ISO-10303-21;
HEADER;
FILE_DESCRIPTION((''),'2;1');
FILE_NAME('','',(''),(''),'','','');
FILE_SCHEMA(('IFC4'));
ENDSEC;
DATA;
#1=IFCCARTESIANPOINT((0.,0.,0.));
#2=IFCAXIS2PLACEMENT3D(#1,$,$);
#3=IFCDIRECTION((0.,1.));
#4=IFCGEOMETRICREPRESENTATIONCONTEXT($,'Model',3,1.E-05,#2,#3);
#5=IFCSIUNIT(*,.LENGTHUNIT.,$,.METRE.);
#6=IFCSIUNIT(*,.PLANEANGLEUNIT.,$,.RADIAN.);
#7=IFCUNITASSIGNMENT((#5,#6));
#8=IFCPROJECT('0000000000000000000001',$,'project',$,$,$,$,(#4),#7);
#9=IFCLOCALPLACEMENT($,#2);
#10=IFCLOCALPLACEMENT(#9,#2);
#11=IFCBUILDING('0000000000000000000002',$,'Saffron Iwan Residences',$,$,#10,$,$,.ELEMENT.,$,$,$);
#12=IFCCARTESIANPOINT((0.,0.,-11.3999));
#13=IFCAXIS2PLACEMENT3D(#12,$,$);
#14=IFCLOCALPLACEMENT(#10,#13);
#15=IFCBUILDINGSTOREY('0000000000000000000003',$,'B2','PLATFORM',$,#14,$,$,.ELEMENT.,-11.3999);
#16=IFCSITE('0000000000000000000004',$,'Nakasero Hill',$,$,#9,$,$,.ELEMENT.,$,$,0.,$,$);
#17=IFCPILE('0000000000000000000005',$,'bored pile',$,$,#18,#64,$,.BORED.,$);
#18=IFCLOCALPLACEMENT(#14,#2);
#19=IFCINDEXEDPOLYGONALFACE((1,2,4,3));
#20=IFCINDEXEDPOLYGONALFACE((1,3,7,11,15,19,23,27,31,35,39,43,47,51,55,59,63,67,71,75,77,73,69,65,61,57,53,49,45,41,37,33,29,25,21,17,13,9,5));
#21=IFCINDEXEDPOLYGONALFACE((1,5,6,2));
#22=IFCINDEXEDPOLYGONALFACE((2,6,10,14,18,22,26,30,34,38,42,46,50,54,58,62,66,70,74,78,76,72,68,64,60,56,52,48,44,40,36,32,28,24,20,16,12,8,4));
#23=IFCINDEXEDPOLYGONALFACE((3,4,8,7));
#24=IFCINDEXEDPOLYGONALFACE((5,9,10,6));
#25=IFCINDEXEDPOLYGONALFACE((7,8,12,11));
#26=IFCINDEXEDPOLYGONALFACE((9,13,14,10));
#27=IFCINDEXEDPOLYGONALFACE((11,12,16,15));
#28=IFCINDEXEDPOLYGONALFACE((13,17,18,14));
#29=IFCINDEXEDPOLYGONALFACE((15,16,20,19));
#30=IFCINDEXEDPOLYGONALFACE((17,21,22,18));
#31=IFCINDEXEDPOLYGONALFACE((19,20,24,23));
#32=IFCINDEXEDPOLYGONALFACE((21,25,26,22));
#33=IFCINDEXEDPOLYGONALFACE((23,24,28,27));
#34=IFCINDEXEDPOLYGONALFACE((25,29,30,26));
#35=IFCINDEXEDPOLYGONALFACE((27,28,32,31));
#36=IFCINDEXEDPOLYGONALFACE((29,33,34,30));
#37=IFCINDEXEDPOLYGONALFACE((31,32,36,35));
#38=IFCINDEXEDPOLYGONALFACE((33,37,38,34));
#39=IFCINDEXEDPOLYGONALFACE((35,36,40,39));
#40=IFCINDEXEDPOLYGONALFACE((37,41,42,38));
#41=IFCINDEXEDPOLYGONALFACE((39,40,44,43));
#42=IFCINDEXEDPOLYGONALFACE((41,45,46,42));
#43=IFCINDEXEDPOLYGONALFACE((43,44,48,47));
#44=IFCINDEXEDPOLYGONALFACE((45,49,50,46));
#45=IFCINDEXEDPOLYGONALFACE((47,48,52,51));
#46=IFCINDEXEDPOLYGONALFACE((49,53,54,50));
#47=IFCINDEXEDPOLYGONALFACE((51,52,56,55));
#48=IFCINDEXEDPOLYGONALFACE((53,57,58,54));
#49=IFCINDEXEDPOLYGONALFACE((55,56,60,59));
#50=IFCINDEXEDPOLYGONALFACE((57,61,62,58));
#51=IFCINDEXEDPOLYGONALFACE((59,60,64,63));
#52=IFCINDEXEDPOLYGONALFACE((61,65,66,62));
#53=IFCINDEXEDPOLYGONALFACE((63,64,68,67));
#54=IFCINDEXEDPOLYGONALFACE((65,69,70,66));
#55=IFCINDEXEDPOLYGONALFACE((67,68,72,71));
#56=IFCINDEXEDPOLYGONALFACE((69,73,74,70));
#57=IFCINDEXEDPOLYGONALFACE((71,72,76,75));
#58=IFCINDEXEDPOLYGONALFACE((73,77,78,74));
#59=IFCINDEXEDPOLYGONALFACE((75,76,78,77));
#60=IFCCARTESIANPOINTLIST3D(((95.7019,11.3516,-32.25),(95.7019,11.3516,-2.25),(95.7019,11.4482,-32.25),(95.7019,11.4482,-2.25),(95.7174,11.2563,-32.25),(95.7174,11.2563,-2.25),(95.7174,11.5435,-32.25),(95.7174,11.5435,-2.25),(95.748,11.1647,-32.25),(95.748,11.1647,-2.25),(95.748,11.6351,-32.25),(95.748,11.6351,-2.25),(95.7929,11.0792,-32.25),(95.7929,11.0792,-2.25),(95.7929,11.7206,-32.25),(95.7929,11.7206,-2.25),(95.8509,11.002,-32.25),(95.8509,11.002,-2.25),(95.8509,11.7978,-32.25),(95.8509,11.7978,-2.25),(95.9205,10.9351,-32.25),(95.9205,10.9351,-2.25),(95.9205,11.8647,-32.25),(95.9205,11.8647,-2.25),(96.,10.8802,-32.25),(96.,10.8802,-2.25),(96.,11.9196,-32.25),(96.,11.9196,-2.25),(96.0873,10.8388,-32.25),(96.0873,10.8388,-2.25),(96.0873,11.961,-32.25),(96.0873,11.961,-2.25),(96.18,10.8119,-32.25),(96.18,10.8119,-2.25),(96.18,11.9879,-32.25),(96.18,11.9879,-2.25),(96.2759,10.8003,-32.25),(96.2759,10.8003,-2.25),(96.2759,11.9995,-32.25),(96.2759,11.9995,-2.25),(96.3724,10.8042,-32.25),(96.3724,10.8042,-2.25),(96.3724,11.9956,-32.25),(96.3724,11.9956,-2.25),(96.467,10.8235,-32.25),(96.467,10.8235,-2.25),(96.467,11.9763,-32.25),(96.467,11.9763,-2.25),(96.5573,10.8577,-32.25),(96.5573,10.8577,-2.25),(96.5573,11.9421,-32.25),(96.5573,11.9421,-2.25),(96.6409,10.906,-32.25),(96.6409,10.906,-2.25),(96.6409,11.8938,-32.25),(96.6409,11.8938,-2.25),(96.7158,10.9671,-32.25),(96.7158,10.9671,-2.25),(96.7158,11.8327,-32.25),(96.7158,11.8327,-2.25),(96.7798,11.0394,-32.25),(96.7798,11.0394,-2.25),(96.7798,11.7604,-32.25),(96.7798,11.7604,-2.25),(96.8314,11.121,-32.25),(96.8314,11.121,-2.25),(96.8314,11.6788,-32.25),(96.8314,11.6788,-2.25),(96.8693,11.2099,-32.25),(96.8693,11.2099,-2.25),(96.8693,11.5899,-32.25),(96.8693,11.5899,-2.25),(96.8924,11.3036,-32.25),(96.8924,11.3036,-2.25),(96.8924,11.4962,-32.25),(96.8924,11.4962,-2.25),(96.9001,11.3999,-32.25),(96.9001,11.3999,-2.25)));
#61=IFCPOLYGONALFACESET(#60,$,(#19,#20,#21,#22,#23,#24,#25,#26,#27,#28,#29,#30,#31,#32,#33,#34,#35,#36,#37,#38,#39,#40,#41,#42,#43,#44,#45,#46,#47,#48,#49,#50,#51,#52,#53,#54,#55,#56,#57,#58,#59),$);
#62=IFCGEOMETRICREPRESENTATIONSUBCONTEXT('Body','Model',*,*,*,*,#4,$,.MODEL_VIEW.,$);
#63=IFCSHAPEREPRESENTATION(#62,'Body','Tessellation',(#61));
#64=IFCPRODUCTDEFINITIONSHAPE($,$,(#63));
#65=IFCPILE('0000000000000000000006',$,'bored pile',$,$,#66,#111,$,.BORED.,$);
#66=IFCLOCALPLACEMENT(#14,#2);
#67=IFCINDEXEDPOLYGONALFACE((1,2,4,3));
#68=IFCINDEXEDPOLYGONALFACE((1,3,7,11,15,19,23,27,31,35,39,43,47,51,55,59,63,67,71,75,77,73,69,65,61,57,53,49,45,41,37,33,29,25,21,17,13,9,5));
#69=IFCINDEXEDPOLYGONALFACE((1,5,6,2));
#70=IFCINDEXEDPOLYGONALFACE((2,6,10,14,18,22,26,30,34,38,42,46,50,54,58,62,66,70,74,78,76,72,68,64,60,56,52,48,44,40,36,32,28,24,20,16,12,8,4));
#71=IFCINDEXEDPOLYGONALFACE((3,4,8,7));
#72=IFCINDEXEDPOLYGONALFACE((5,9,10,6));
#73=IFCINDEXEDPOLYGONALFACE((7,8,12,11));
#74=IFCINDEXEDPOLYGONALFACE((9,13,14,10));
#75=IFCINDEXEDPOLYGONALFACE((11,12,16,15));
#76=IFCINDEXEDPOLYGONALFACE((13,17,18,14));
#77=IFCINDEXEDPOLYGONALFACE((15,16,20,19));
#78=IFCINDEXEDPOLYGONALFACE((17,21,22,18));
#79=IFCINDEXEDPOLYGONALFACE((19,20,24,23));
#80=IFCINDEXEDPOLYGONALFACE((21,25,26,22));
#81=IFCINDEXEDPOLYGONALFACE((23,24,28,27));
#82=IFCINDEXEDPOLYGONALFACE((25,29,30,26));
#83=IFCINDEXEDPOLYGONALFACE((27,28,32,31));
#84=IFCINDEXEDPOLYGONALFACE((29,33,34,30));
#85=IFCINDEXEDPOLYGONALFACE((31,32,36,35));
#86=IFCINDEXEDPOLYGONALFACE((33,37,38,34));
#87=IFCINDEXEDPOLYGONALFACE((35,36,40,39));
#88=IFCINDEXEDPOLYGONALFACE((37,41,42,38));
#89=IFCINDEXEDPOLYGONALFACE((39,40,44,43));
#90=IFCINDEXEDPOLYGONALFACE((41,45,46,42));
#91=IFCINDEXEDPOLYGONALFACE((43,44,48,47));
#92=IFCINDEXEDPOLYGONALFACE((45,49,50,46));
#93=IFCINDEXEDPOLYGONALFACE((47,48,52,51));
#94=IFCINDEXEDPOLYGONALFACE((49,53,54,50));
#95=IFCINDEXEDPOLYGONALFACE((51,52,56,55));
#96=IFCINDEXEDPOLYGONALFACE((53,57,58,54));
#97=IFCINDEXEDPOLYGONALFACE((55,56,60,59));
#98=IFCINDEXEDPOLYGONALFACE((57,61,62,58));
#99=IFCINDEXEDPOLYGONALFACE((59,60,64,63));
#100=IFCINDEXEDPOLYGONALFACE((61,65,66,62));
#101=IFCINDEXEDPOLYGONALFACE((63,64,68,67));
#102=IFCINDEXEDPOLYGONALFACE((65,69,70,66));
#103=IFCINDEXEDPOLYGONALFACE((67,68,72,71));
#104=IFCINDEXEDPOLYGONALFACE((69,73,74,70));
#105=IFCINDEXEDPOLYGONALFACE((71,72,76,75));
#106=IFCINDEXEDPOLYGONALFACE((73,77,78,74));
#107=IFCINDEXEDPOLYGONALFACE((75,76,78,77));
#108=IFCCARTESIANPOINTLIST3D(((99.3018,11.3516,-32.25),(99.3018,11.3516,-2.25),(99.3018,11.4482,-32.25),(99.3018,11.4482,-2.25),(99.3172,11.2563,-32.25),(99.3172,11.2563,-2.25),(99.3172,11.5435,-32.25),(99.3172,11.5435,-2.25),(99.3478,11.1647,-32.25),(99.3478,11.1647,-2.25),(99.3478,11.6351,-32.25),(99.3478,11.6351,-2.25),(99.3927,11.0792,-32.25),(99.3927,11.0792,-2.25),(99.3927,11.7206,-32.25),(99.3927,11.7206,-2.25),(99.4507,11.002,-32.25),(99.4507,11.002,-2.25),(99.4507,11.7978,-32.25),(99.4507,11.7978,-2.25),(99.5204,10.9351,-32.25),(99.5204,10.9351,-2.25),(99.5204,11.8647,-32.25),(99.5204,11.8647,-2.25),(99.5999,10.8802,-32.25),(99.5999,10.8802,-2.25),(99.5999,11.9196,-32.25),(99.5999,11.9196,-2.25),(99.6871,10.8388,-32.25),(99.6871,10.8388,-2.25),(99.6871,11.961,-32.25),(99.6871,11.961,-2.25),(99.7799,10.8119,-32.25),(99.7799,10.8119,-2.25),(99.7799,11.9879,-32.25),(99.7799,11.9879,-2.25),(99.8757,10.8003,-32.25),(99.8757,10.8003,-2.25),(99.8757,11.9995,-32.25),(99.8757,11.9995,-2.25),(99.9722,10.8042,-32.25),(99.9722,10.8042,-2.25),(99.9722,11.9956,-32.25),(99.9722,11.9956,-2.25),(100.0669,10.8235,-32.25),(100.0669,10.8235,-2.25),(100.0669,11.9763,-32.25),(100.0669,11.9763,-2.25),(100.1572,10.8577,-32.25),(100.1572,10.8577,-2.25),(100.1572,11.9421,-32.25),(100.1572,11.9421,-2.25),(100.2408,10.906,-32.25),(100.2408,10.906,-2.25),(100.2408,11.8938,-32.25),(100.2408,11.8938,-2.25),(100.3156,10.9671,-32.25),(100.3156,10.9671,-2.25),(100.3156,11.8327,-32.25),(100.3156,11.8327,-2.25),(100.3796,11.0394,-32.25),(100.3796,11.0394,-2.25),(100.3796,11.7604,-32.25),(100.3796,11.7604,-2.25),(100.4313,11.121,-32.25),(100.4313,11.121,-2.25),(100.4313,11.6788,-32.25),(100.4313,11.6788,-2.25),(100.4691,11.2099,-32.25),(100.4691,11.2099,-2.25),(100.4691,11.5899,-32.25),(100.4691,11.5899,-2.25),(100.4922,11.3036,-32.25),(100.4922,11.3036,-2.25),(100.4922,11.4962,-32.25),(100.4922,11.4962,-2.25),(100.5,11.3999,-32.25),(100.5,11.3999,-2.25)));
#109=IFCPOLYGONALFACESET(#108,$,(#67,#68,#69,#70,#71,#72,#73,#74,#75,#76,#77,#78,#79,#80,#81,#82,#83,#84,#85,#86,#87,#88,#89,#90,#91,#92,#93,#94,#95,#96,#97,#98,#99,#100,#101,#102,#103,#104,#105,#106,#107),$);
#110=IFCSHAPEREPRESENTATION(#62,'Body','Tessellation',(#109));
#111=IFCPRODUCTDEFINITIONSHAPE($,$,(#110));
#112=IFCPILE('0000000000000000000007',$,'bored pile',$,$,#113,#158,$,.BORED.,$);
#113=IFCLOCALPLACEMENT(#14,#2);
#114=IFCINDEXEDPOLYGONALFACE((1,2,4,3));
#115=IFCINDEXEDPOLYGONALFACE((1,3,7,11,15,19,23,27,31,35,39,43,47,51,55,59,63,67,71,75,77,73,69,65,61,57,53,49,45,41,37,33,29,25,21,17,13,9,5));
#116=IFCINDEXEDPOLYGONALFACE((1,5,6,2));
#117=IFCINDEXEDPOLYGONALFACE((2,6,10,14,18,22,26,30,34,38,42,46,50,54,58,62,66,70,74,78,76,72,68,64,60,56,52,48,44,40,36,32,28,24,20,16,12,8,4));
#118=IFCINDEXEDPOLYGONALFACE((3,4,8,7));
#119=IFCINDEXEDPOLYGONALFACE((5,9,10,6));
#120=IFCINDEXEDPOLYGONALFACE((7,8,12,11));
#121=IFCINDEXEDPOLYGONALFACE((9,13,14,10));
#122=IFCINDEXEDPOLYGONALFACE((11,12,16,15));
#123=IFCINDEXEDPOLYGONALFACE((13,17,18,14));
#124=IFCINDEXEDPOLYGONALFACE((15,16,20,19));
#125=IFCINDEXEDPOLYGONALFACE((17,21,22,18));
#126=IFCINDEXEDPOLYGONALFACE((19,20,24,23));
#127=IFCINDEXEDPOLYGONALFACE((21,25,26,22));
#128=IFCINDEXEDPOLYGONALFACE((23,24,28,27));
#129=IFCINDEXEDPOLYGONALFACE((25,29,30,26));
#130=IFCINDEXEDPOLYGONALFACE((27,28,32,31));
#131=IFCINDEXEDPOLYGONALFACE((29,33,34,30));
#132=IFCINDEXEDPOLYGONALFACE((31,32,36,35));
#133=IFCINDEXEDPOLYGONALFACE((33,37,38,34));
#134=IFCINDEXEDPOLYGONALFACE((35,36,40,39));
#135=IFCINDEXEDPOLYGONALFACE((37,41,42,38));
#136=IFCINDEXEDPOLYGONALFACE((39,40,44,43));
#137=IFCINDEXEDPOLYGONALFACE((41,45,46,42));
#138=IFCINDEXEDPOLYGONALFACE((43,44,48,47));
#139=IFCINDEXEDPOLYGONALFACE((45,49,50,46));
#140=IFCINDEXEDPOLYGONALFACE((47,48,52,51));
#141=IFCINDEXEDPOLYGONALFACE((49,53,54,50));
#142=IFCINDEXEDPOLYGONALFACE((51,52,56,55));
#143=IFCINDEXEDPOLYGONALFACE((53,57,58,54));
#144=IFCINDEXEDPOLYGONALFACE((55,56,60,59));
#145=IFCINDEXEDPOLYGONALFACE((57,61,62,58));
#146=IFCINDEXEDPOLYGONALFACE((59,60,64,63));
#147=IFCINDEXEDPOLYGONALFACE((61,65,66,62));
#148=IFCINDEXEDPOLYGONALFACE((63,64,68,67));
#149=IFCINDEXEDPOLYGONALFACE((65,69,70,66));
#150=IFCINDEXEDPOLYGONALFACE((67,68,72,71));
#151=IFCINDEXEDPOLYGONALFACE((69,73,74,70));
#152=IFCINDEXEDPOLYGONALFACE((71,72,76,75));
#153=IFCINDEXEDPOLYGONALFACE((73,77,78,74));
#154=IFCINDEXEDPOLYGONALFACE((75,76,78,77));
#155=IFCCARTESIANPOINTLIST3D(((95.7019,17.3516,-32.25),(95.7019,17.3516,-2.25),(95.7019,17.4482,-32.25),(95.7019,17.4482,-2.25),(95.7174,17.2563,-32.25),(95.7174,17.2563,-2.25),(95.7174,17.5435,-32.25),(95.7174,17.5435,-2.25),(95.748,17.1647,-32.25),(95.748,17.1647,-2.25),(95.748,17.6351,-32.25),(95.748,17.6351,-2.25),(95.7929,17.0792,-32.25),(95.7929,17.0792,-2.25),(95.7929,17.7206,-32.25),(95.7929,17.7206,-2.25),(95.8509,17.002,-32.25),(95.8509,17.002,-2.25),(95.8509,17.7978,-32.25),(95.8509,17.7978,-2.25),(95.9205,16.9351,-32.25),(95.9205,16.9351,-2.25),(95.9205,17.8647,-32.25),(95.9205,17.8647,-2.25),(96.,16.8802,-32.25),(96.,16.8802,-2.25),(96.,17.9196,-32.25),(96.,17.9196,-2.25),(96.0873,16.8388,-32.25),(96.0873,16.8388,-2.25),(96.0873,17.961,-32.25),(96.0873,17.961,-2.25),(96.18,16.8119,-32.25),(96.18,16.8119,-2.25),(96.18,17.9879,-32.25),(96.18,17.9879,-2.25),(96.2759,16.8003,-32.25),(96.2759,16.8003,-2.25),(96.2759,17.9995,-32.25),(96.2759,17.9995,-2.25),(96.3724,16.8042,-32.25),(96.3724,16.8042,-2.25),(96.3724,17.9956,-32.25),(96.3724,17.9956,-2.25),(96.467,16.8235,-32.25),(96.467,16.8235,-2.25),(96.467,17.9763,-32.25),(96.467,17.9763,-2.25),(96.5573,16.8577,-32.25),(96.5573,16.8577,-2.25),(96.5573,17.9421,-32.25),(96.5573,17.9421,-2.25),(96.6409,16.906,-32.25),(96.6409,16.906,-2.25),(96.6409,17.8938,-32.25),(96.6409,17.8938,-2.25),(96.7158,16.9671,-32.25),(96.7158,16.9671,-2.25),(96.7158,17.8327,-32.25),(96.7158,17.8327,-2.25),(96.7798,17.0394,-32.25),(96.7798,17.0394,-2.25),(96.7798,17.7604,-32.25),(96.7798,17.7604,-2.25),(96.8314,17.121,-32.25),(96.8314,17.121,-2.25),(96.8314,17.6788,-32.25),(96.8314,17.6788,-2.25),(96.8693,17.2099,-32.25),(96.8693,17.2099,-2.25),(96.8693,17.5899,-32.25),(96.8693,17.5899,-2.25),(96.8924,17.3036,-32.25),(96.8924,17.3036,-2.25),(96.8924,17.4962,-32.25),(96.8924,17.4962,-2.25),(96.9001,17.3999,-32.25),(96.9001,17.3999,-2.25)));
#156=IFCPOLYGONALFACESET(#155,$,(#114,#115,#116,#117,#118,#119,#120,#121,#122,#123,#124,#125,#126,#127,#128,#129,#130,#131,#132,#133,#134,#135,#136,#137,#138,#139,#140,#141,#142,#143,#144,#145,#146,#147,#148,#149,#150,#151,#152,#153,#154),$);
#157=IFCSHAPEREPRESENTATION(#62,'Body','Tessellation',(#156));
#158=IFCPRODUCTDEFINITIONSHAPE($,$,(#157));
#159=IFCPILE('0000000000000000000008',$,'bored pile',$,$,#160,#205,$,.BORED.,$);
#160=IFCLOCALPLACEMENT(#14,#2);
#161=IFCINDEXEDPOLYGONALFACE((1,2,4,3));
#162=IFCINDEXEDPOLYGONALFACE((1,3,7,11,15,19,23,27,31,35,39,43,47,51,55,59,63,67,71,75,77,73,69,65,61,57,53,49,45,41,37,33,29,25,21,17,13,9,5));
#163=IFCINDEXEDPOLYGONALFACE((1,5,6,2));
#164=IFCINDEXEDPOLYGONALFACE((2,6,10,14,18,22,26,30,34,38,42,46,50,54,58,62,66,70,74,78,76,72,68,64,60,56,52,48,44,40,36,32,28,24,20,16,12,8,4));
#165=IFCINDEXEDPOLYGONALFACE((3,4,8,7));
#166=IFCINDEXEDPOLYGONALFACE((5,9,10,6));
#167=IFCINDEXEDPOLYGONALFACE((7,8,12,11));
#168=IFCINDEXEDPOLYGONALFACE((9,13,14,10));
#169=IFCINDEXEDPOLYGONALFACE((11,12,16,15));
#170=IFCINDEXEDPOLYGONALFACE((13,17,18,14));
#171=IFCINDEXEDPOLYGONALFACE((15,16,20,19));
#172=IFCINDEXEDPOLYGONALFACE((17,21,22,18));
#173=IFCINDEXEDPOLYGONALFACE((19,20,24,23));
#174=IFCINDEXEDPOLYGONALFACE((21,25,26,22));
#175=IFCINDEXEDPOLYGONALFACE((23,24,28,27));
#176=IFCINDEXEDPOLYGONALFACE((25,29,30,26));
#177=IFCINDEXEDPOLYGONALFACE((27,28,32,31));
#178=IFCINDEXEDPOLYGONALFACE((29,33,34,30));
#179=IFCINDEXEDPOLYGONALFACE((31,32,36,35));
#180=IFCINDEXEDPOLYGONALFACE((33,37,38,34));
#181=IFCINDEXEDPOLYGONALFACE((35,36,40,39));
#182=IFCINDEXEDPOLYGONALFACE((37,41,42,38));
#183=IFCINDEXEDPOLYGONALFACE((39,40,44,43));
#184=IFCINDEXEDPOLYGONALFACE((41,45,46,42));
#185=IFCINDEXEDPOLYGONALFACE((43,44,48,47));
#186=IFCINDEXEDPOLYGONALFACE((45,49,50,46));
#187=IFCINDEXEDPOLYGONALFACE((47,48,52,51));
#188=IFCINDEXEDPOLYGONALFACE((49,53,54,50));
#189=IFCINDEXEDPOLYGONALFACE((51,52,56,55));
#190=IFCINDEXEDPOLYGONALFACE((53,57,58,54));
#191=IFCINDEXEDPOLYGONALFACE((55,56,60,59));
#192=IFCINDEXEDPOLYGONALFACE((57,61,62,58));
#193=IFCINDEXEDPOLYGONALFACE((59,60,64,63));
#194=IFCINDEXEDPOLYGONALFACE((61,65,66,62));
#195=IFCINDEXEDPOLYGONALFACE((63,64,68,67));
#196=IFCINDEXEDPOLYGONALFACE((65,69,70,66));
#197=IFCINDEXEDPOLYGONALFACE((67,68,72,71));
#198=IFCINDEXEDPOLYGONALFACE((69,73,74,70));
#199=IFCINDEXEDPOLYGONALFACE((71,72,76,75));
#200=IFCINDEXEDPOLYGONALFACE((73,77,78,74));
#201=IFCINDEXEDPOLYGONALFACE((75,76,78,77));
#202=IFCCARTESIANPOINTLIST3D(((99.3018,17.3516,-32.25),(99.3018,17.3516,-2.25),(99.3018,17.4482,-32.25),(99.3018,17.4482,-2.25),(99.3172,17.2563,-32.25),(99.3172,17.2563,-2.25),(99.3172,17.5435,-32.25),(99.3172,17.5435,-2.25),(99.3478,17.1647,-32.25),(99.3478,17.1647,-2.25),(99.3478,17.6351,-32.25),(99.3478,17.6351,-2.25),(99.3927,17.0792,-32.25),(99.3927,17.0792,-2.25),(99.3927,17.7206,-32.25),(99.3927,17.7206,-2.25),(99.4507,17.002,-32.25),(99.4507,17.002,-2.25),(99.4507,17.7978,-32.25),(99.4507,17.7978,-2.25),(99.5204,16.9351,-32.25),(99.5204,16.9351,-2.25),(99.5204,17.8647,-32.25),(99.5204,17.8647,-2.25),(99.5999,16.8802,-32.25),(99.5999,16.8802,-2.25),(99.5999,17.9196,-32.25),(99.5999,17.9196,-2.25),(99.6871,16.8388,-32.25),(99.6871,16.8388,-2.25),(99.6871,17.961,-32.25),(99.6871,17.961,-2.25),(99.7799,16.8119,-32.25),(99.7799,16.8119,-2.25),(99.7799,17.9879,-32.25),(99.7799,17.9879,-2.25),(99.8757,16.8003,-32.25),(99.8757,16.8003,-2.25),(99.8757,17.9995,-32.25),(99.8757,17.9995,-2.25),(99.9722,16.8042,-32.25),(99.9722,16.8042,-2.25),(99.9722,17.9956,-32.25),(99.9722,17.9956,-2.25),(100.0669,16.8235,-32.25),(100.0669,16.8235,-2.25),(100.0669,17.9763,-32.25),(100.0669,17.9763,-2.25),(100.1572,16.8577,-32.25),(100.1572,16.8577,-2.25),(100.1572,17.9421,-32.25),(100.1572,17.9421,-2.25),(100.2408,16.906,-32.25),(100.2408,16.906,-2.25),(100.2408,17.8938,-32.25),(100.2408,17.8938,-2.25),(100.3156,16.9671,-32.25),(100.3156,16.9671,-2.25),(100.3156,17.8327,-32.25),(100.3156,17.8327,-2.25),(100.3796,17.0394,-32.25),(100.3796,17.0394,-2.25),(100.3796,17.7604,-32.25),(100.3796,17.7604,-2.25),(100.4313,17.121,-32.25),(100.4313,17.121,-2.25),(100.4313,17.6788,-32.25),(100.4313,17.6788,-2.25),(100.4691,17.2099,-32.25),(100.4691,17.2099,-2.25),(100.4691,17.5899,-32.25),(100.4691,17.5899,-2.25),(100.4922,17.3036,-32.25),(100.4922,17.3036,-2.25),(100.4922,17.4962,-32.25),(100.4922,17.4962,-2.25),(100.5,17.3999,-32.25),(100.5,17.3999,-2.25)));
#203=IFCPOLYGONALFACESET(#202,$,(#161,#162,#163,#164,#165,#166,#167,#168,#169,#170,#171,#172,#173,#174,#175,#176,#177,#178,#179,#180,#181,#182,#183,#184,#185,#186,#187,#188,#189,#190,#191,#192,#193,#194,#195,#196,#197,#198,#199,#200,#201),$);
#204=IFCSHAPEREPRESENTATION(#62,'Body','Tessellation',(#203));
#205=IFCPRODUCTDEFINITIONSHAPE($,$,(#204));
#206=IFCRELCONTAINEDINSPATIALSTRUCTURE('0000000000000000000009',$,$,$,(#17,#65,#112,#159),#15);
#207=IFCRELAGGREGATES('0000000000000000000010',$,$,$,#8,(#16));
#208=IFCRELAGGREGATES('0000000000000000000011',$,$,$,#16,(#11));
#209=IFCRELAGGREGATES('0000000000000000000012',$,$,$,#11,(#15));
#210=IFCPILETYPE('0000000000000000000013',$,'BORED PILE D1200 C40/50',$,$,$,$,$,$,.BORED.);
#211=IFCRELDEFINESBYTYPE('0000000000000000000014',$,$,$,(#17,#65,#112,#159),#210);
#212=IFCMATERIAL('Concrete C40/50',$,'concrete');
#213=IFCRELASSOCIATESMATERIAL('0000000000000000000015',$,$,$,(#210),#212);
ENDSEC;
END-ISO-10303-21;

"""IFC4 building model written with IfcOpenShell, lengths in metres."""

from ifc_helpers import new_model, si_unit, direction, frame, origin, origin_2d, place, context, subcontext, project, spatial, circle, extrude, material, material_profile, profile_set, type_object, element, save


model = new_model("IFC4")

# Units and contexts
model_context = context("Model", 3, precision=1e-05, world=origin(), true_north=direction((0.0, 1.0)))
body_context = subcontext(model_context, "Body", "Model", "MODEL_VIEW")
ifc_project = project(units=[si_unit("LENGTHUNIT", "METRE"), si_unit("PLANEANGLEUNIT", "RADIAN")], contexts=[model_context])

# Site, building, storey
site_placement = place(None, origin())
site = spatial("IfcSite", under=ifc_project, at=site_placement, Name="Nakasero Hill", CompositionType="ELEMENT", RefElevation=0.0)
building_placement = place(site_placement, origin())
building = spatial("IfcBuilding", under=site, at=building_placement, Name="Saffron Iwan Residences", CompositionType="ELEMENT")
storey_placement = place(building_placement, frame((0.0, 0.0, -11.3999)))
storey = spatial("IfcBuildingStorey", under=building, at=storey_placement, Name="B2", Description="PLATFORM", CompositionType="ELEMENT", Elevation=-11.3999)

# Piles
ifc_material_1 = material(Name="Concrete C40/50", Category="concrete")
ifc_material_profile_1 = material_profile(ifc_material_1, circle(Radius=0.6001, at=origin_2d()), Name="RC D1200")
ifc_profile_set_1 = profile_set([ifc_material_profile_1], Name="Concrete C40/50")
pile_type_1 = type_object("IfcPileType", Name="BORED PILE D1200 C40/50", PredefinedType="BORED", material=ifc_profile_set_1)
for number, where, z_axis, x_axis, name in (
    (1, (96.3, 11.3999, -2.25), (0.0, 0.0, -1.0), (1.0, 0.0, 0.0), "bored pile"),
    (2, (99.8999, 11.3999, -2.25), (0.0, 0.0, -1.0), (1.0, 0.0, 0.0), "bored pile"),
    (3, (96.3, 17.3999, -2.25), (0.0, 0.0, -1.0), (1.0, 0.0, 0.0), "bored pile"),
    (4, (99.8999, 17.3999, -2.25), (0.0, 0.0, -1.0), (1.0, 0.0, 0.0), "bored pile"),
):
    element("IfcPile", number, at=place(storey_placement, frame(where, z_axis=z_axis, x_axis=x_axis)), inside=storey, type_object=pile_type_1, Name=name, PredefinedType="BORED", context=body_context, shape_type="SweptSolid", body=[
        extrude(circle(Radius=0.6001, at=origin_2d()), origin(), (0.0, 0.0, 1.0), 30.0),
    ])

save(model, "model.ifc")
